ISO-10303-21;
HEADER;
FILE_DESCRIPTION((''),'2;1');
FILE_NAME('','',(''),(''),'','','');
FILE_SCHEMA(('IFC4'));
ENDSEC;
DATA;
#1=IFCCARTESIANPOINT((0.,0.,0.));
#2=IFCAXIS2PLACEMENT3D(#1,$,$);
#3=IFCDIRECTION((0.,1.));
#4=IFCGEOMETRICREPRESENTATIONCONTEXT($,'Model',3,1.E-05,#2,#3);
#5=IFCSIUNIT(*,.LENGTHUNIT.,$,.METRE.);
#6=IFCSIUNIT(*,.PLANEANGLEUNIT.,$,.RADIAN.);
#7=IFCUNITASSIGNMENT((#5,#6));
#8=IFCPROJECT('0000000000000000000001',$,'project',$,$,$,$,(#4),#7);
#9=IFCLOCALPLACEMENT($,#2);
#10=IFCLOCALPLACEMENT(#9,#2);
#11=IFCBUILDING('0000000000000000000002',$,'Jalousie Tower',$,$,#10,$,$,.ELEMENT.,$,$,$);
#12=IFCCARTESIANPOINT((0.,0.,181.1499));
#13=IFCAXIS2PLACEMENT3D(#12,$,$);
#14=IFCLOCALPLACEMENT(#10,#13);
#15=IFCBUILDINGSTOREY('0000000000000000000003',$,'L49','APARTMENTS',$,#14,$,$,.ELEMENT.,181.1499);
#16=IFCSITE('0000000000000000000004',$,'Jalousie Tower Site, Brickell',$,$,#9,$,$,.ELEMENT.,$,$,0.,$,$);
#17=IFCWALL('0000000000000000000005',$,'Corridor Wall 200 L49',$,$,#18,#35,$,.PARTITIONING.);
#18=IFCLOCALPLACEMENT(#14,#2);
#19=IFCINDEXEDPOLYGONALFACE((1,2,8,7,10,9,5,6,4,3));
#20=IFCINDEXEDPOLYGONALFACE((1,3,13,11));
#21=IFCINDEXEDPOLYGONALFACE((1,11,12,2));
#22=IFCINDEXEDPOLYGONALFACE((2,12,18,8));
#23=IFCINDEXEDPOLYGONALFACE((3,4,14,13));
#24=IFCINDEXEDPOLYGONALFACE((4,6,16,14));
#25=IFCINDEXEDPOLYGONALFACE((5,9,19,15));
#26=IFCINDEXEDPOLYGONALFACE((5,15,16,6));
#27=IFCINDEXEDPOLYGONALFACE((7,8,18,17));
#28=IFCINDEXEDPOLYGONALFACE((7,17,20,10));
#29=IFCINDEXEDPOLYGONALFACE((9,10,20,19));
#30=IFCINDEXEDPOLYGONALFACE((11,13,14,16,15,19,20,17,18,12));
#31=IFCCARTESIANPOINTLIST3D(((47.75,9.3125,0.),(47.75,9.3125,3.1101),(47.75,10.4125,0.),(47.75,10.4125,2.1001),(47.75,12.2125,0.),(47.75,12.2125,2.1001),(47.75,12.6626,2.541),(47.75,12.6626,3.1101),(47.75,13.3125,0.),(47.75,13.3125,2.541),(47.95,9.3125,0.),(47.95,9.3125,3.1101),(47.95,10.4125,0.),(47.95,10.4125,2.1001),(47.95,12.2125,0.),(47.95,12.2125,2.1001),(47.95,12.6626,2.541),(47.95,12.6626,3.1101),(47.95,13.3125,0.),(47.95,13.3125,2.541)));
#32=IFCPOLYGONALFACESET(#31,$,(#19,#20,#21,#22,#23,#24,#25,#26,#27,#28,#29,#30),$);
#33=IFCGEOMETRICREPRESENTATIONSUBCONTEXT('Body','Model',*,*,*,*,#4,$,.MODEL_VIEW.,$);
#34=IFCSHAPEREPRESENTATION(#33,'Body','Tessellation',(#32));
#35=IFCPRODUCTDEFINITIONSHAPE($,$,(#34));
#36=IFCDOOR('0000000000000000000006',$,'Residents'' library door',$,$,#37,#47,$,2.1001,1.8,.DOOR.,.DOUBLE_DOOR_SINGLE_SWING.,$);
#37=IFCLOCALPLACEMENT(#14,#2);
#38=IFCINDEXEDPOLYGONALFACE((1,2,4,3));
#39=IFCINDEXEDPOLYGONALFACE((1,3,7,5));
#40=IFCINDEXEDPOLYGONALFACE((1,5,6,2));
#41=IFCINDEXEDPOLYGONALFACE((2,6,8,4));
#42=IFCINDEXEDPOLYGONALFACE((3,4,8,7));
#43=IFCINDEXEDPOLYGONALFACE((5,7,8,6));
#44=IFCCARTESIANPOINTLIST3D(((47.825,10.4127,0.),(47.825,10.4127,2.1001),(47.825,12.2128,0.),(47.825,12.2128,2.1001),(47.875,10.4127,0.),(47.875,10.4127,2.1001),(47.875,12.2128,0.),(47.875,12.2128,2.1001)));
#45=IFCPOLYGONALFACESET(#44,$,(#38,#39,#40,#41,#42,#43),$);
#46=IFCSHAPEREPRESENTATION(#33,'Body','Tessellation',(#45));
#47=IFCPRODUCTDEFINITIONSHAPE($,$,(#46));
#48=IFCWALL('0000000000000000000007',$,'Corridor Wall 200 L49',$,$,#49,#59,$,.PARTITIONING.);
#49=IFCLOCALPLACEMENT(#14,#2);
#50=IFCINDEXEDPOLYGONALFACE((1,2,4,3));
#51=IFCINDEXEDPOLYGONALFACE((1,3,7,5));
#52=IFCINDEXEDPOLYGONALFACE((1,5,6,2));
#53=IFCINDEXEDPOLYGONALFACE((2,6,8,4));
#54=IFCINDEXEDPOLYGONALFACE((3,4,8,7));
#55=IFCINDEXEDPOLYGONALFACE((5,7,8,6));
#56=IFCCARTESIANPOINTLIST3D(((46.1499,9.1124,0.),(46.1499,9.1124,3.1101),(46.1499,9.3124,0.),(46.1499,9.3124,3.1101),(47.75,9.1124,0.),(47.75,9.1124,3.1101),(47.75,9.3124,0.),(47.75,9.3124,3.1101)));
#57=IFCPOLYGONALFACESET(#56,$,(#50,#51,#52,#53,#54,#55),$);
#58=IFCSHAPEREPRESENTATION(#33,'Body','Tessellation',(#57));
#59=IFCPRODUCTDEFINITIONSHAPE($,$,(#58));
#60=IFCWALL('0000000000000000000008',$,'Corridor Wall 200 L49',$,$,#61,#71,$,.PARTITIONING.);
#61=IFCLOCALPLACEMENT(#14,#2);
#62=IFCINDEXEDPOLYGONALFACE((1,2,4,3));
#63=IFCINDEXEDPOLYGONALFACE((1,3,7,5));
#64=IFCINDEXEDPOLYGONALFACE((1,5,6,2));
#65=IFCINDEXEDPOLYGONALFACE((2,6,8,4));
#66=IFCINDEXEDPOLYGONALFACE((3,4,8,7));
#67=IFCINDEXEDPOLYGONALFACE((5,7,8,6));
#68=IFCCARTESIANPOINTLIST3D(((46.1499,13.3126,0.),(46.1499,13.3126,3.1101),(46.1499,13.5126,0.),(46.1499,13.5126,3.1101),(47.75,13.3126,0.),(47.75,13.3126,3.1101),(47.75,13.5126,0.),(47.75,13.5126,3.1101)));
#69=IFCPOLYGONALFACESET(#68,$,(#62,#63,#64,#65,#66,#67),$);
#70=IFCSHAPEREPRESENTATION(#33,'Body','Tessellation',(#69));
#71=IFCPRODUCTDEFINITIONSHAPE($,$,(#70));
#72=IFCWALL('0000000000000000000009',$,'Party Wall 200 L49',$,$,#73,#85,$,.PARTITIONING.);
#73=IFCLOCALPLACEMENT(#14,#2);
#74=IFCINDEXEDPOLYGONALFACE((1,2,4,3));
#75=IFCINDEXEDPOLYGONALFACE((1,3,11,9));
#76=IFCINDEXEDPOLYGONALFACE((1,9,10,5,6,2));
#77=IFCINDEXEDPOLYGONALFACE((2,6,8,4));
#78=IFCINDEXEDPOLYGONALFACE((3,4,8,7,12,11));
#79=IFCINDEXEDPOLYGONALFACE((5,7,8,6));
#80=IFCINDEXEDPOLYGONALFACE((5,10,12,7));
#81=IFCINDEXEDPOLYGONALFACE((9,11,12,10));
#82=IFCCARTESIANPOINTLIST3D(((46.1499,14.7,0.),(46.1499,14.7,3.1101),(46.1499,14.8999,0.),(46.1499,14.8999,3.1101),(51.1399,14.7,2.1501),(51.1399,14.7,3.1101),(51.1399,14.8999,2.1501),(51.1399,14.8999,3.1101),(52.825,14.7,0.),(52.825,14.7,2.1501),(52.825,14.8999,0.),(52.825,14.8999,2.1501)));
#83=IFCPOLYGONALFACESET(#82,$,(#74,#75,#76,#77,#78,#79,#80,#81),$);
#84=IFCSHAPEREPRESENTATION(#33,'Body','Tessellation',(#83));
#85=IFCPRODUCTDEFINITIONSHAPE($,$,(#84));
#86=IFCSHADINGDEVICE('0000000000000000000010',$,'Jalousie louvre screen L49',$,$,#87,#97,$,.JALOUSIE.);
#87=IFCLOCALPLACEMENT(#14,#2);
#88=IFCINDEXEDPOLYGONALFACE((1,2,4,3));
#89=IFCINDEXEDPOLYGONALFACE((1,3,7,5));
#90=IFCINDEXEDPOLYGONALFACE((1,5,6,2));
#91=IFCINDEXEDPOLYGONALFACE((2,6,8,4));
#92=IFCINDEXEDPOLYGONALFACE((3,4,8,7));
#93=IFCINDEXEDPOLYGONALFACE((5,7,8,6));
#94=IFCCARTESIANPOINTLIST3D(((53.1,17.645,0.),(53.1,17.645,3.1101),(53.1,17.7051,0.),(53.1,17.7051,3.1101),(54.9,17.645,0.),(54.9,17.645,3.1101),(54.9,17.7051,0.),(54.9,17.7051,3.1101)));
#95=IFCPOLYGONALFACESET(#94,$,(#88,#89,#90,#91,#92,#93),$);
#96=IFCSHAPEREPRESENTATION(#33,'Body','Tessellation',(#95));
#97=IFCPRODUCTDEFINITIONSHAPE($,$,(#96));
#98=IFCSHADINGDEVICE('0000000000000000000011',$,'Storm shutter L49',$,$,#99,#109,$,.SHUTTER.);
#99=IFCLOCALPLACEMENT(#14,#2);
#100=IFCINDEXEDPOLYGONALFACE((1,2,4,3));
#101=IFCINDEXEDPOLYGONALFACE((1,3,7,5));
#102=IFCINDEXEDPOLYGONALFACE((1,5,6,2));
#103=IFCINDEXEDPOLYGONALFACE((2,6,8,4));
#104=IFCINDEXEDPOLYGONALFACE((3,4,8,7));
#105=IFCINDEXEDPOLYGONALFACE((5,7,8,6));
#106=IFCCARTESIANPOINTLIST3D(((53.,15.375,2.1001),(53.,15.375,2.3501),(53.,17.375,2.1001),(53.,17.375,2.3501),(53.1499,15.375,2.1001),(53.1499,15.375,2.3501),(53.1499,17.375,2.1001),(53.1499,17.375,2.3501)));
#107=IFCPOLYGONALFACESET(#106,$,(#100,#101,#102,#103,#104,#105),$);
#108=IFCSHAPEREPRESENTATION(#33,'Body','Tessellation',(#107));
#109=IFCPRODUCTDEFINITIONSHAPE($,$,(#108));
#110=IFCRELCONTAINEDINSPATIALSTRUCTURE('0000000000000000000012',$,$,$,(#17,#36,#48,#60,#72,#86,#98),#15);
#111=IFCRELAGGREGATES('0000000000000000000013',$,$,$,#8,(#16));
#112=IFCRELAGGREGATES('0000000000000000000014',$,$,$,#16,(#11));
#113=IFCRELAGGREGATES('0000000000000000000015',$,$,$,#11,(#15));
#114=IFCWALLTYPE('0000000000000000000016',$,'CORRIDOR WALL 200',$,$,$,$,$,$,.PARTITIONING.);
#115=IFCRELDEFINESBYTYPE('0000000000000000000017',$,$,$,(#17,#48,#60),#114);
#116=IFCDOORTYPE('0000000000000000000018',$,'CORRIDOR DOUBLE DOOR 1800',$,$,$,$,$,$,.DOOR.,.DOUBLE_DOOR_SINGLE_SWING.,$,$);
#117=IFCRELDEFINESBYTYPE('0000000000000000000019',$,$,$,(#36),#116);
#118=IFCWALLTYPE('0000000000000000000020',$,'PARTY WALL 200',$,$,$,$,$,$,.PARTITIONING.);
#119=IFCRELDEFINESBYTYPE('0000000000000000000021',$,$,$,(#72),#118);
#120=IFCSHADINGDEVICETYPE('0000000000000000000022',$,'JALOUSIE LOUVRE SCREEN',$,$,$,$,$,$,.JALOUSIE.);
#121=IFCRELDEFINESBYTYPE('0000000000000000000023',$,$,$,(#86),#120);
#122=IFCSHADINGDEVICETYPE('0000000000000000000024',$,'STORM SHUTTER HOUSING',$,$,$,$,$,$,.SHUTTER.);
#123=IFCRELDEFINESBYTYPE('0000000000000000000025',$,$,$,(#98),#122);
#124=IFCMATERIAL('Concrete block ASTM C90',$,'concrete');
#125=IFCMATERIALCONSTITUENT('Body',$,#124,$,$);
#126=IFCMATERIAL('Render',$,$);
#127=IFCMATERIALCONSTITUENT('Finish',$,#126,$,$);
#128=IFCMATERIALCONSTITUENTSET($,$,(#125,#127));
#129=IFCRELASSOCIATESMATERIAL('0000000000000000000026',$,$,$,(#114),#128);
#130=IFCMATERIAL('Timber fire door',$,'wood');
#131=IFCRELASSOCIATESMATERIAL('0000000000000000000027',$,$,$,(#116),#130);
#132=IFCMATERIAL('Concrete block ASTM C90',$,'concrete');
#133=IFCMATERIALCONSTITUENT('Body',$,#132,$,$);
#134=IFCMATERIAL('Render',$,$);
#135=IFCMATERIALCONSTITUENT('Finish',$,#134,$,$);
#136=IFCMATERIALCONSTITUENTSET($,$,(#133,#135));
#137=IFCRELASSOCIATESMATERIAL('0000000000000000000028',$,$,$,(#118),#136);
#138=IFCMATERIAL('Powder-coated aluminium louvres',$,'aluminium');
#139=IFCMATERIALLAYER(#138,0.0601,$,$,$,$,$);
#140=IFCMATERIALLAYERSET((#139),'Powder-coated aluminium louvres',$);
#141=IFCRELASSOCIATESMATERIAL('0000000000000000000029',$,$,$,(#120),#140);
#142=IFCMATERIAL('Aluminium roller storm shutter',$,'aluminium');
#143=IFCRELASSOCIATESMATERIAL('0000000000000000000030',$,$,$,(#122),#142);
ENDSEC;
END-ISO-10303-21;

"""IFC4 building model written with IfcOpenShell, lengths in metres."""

from ifc_helpers import new_model, si_unit, direction, frame, frame_2d, origin, origin_2d, place, context, subcontext, project, spatial, polyline, rectangle, outline, extrude, material, layer, layer_set, constituent, constituent_set, type_object, element, fill, save


model = new_model("IFC4")

# Units and contexts
model_context = context("Model", 3, precision=1e-05, world=origin(), true_north=direction((0.0, 1.0)))
body_context = subcontext(model_context, "Body", "Model", "MODEL_VIEW")
ifc_project = project(units=[si_unit("LENGTHUNIT", "METRE"), si_unit("PLANEANGLEUNIT", "RADIAN")], contexts=[model_context])

# Site, building, storey
site_placement = place(None, origin())
site = spatial("IfcSite", under=ifc_project, at=site_placement, Name="Jalousie Tower Site, Brickell", CompositionType="ELEMENT", RefElevation=0.0)
building_placement = place(site_placement, origin())
building = spatial("IfcBuilding", under=site, at=building_placement, Name="Jalousie Tower", CompositionType="ELEMENT")
storey_placement = place(building_placement, frame((0.0, 0.0, 181.1499)))
storey = spatial("IfcBuildingStorey", under=building, at=storey_placement, Name="L49", Description="APARTMENTS", CompositionType="ELEMENT", Elevation=181.1499)

# Shared definitions
ifc_material_1 = material(Name="Concrete block ASTM C90", Category="concrete")
ifc_constituent_1 = constituent(ifc_material_1, Name="Body")
ifc_material_2 = material(Name="Render")
ifc_constituent_2 = constituent(ifc_material_2, Name="Finish")
ifc_constituent_set_1 = constituent_set(constituents=[ifc_constituent_1, ifc_constituent_2])
wall_type_1 = type_object("IfcWallType", Name="CORRIDOR WALL 200", PredefinedType="PARTITIONING", material=ifc_constituent_set_1)

# Wall, opening, door
wall_1_placement = place(storey_placement, frame((47.8501, 9.3125, 0.0), z_axis=(0.0, 0.0, 1.0), x_axis=(0.0, 1.0, 0.0)))
wall_1 = element("IfcWall", 1, at=wall_1_placement, inside=storey, type_object=wall_type_1, Name="Corridor Wall 200 L49", PredefinedType="PARTITIONING", context=body_context, shape_type="SweptSolid", body=[
    extrude(outline(polyline([(0.0, 0.0), (4.0, 0.0), (4.0, 3.1101), (4.0, 2.541), (3.3501, 2.541), (3.3501, 3.1101), (0.0, 3.1101), (0.0, 0.0)])), frame((0.0, 0.1001, 0.0), z_axis=(0.0, -1.0, 0.0), x_axis=(1.0, 0.0, 0.0)), (0.0, 0.0, 1.0), 0.2),
])
opening_1_placement = place(wall_1_placement, frame((1.1001, 0.0, 0.0)))
opening_1 = element("IfcOpeningElement", 2, at=opening_1_placement, cuts=wall_1, PredefinedType="OPENING", context=body_context, shape_type="SweptSolid", body=[
    extrude(rectangle(XDim=1.8, YDim=2.1001, at=frame_2d((0.8999, 1.05))), frame((0.0, 0.1099, 0.0), z_axis=(0.0, -1.0, 0.0), x_axis=(1.0, 0.0, 0.0)), (0.0, 0.0, 1.0), 0.22),
])
ifc_material_3 = material(Name="Timber fire door", Category="wood")
door_type_1 = type_object("IfcDoorType", Name="CORRIDOR DOUBLE DOOR 1800", OperationType="DOUBLE_DOOR_SINGLE_SWING", PredefinedType="DOOR", material=ifc_material_3)
door_1_placement = place(opening_1_placement, frame((1.8, 0.0, 0.0), z_axis=(0.0, 0.0, 1.0), x_axis=(-1.0, 0.0, 0.0)))
door_1 = element("IfcDoor", 3, at=door_1_placement, inside=storey, type_object=door_type_1, Name="Residents' library door", OperationType="DOUBLE_DOOR_SINGLE_SWING", OverallHeight=2.1001, OverallWidth=1.8, PredefinedType="DOOR", context=body_context, shape_type="SweptSolid", body=[
    extrude(rectangle(XDim=1.8, YDim=2.1001, at=frame_2d((0.8999, 1.05))), frame((0.0, 0.0249, 0.0), z_axis=(0.0, -1.0, 0.0), x_axis=(1.0, 0.0, 0.0)), (0.0, 0.0, 1.0), 0.05),
])
fill(opening_1, door_1)

# Walls
for number, where, z_axis, x_axis, name in (
    (4, (46.1499, 9.2124, 0.0), (0.0, 0.0, 1.0), (1.0, 0.0, 0.0), "Corridor Wall 200 L49"),
    (5, (46.1499, 13.4126, 0.0), (0.0, 0.0, 1.0), (1.0, 0.0, 0.0), "Corridor Wall 200 L49"),
):
    element("IfcWall", number, at=place(storey_placement, frame(where, z_axis=z_axis, x_axis=x_axis)), inside=storey, type_object=wall_type_1, Name=name, PredefinedType="PARTITIONING", context=body_context, shape_type="SweptSolid", body=[
        extrude(rectangle(XDim=1.6001, YDim=0.2, at=frame_2d((0.8, 0.0))), origin(), (0.0, 0.0, 1.0), 3.1101),
    ])
ifc_material_4 = material(Name="Concrete block ASTM C90", Category="concrete")
ifc_constituent_3 = constituent(ifc_material_4, Name="Body")
ifc_material_5 = material(Name="Render")
ifc_constituent_4 = constituent(ifc_material_5, Name="Finish")
ifc_constituent_set_2 = constituent_set(constituents=[ifc_constituent_3, ifc_constituent_4])
wall_type_2 = type_object("IfcWallType", Name="PARTY WALL 200", PredefinedType="PARTITIONING", material=ifc_constituent_set_2)
wall_2_placement = place(storey_placement, frame((52.825, 14.8, 0.0), z_axis=(0.0, 0.0, 1.0), x_axis=(-1.0, 0.0, 0.0)))
element("IfcWall", 6, at=wall_2_placement, inside=storey, type_object=wall_type_2, Name="Party Wall 200 L49", PredefinedType="PARTITIONING", context=body_context, shape_type="SweptSolid", body=[
    extrude(outline(polyline([(0.0, 0.0), (6.675, 0.0), (6.675, 3.1101), (1.6851, 3.1101), (1.6851, 2.1501), (0.0, 2.1501), (0.0, 3.1101), (0.0, 0.0)])), frame((0.0, 0.1001, 0.0), z_axis=(0.0, -1.0, 0.0), x_axis=(1.0, 0.0, 0.0)), (0.0, 0.0, 1.0), 0.2),
])

# Shading devices
ifc_material_6 = material(Name="Powder-coated aluminium louvres", Category="aluminium")
ifc_layer_1 = layer(ifc_material_6, 0.0601)
ifc_layer_set_1 = layer_set([ifc_layer_1], Name="Powder-coated aluminium louvres")
shading_device_type_1 = type_object("IfcShadingDeviceType", Name="JALOUSIE LOUVRE SCREEN", PredefinedType="JALOUSIE", material=ifc_layer_set_1)
shading_device_1_placement = place(storey_placement, frame((54.0, 17.675, 0.0), z_axis=(0.0, 0.0, 1.0), x_axis=(0.0, 1.0, 0.0)))
element("IfcShadingDevice", 7, at=shading_device_1_placement, inside=storey, type_object=shading_device_type_1, Name="Jalousie louvre screen L49", PredefinedType="JALOUSIE", context=body_context, shape_type="SweptSolid", body=[
    extrude(rectangle(XDim=0.0601, YDim=1.8, at=origin_2d()), origin(), (0.0, 0.0, 1.0), 3.1101),
])
ifc_material_7 = material(Name="Aluminium roller storm shutter", Category="aluminium")
shading_device_type_2 = type_object("IfcShadingDeviceType", Name="STORM SHUTTER HOUSING", PredefinedType="SHUTTER", material=ifc_material_7)
shading_device_2_placement = place(storey_placement, frame((53.075, 16.375, 2.1001), z_axis=(0.0, 0.0, 1.0), x_axis=(0.0, 1.0, 0.0)))
element("IfcShadingDevice", 8, at=shading_device_2_placement, inside=storey, type_object=shading_device_type_2, Name="Storm shutter L49", PredefinedType="SHUTTER", context=body_context, shape_type="SweptSolid", body=[
    extrude(rectangle(XDim=2.0, YDim=0.1499, at=origin_2d()), origin(), (0.0, 0.0, 1.0), 0.25),
])

save(model, "model.ifc")
